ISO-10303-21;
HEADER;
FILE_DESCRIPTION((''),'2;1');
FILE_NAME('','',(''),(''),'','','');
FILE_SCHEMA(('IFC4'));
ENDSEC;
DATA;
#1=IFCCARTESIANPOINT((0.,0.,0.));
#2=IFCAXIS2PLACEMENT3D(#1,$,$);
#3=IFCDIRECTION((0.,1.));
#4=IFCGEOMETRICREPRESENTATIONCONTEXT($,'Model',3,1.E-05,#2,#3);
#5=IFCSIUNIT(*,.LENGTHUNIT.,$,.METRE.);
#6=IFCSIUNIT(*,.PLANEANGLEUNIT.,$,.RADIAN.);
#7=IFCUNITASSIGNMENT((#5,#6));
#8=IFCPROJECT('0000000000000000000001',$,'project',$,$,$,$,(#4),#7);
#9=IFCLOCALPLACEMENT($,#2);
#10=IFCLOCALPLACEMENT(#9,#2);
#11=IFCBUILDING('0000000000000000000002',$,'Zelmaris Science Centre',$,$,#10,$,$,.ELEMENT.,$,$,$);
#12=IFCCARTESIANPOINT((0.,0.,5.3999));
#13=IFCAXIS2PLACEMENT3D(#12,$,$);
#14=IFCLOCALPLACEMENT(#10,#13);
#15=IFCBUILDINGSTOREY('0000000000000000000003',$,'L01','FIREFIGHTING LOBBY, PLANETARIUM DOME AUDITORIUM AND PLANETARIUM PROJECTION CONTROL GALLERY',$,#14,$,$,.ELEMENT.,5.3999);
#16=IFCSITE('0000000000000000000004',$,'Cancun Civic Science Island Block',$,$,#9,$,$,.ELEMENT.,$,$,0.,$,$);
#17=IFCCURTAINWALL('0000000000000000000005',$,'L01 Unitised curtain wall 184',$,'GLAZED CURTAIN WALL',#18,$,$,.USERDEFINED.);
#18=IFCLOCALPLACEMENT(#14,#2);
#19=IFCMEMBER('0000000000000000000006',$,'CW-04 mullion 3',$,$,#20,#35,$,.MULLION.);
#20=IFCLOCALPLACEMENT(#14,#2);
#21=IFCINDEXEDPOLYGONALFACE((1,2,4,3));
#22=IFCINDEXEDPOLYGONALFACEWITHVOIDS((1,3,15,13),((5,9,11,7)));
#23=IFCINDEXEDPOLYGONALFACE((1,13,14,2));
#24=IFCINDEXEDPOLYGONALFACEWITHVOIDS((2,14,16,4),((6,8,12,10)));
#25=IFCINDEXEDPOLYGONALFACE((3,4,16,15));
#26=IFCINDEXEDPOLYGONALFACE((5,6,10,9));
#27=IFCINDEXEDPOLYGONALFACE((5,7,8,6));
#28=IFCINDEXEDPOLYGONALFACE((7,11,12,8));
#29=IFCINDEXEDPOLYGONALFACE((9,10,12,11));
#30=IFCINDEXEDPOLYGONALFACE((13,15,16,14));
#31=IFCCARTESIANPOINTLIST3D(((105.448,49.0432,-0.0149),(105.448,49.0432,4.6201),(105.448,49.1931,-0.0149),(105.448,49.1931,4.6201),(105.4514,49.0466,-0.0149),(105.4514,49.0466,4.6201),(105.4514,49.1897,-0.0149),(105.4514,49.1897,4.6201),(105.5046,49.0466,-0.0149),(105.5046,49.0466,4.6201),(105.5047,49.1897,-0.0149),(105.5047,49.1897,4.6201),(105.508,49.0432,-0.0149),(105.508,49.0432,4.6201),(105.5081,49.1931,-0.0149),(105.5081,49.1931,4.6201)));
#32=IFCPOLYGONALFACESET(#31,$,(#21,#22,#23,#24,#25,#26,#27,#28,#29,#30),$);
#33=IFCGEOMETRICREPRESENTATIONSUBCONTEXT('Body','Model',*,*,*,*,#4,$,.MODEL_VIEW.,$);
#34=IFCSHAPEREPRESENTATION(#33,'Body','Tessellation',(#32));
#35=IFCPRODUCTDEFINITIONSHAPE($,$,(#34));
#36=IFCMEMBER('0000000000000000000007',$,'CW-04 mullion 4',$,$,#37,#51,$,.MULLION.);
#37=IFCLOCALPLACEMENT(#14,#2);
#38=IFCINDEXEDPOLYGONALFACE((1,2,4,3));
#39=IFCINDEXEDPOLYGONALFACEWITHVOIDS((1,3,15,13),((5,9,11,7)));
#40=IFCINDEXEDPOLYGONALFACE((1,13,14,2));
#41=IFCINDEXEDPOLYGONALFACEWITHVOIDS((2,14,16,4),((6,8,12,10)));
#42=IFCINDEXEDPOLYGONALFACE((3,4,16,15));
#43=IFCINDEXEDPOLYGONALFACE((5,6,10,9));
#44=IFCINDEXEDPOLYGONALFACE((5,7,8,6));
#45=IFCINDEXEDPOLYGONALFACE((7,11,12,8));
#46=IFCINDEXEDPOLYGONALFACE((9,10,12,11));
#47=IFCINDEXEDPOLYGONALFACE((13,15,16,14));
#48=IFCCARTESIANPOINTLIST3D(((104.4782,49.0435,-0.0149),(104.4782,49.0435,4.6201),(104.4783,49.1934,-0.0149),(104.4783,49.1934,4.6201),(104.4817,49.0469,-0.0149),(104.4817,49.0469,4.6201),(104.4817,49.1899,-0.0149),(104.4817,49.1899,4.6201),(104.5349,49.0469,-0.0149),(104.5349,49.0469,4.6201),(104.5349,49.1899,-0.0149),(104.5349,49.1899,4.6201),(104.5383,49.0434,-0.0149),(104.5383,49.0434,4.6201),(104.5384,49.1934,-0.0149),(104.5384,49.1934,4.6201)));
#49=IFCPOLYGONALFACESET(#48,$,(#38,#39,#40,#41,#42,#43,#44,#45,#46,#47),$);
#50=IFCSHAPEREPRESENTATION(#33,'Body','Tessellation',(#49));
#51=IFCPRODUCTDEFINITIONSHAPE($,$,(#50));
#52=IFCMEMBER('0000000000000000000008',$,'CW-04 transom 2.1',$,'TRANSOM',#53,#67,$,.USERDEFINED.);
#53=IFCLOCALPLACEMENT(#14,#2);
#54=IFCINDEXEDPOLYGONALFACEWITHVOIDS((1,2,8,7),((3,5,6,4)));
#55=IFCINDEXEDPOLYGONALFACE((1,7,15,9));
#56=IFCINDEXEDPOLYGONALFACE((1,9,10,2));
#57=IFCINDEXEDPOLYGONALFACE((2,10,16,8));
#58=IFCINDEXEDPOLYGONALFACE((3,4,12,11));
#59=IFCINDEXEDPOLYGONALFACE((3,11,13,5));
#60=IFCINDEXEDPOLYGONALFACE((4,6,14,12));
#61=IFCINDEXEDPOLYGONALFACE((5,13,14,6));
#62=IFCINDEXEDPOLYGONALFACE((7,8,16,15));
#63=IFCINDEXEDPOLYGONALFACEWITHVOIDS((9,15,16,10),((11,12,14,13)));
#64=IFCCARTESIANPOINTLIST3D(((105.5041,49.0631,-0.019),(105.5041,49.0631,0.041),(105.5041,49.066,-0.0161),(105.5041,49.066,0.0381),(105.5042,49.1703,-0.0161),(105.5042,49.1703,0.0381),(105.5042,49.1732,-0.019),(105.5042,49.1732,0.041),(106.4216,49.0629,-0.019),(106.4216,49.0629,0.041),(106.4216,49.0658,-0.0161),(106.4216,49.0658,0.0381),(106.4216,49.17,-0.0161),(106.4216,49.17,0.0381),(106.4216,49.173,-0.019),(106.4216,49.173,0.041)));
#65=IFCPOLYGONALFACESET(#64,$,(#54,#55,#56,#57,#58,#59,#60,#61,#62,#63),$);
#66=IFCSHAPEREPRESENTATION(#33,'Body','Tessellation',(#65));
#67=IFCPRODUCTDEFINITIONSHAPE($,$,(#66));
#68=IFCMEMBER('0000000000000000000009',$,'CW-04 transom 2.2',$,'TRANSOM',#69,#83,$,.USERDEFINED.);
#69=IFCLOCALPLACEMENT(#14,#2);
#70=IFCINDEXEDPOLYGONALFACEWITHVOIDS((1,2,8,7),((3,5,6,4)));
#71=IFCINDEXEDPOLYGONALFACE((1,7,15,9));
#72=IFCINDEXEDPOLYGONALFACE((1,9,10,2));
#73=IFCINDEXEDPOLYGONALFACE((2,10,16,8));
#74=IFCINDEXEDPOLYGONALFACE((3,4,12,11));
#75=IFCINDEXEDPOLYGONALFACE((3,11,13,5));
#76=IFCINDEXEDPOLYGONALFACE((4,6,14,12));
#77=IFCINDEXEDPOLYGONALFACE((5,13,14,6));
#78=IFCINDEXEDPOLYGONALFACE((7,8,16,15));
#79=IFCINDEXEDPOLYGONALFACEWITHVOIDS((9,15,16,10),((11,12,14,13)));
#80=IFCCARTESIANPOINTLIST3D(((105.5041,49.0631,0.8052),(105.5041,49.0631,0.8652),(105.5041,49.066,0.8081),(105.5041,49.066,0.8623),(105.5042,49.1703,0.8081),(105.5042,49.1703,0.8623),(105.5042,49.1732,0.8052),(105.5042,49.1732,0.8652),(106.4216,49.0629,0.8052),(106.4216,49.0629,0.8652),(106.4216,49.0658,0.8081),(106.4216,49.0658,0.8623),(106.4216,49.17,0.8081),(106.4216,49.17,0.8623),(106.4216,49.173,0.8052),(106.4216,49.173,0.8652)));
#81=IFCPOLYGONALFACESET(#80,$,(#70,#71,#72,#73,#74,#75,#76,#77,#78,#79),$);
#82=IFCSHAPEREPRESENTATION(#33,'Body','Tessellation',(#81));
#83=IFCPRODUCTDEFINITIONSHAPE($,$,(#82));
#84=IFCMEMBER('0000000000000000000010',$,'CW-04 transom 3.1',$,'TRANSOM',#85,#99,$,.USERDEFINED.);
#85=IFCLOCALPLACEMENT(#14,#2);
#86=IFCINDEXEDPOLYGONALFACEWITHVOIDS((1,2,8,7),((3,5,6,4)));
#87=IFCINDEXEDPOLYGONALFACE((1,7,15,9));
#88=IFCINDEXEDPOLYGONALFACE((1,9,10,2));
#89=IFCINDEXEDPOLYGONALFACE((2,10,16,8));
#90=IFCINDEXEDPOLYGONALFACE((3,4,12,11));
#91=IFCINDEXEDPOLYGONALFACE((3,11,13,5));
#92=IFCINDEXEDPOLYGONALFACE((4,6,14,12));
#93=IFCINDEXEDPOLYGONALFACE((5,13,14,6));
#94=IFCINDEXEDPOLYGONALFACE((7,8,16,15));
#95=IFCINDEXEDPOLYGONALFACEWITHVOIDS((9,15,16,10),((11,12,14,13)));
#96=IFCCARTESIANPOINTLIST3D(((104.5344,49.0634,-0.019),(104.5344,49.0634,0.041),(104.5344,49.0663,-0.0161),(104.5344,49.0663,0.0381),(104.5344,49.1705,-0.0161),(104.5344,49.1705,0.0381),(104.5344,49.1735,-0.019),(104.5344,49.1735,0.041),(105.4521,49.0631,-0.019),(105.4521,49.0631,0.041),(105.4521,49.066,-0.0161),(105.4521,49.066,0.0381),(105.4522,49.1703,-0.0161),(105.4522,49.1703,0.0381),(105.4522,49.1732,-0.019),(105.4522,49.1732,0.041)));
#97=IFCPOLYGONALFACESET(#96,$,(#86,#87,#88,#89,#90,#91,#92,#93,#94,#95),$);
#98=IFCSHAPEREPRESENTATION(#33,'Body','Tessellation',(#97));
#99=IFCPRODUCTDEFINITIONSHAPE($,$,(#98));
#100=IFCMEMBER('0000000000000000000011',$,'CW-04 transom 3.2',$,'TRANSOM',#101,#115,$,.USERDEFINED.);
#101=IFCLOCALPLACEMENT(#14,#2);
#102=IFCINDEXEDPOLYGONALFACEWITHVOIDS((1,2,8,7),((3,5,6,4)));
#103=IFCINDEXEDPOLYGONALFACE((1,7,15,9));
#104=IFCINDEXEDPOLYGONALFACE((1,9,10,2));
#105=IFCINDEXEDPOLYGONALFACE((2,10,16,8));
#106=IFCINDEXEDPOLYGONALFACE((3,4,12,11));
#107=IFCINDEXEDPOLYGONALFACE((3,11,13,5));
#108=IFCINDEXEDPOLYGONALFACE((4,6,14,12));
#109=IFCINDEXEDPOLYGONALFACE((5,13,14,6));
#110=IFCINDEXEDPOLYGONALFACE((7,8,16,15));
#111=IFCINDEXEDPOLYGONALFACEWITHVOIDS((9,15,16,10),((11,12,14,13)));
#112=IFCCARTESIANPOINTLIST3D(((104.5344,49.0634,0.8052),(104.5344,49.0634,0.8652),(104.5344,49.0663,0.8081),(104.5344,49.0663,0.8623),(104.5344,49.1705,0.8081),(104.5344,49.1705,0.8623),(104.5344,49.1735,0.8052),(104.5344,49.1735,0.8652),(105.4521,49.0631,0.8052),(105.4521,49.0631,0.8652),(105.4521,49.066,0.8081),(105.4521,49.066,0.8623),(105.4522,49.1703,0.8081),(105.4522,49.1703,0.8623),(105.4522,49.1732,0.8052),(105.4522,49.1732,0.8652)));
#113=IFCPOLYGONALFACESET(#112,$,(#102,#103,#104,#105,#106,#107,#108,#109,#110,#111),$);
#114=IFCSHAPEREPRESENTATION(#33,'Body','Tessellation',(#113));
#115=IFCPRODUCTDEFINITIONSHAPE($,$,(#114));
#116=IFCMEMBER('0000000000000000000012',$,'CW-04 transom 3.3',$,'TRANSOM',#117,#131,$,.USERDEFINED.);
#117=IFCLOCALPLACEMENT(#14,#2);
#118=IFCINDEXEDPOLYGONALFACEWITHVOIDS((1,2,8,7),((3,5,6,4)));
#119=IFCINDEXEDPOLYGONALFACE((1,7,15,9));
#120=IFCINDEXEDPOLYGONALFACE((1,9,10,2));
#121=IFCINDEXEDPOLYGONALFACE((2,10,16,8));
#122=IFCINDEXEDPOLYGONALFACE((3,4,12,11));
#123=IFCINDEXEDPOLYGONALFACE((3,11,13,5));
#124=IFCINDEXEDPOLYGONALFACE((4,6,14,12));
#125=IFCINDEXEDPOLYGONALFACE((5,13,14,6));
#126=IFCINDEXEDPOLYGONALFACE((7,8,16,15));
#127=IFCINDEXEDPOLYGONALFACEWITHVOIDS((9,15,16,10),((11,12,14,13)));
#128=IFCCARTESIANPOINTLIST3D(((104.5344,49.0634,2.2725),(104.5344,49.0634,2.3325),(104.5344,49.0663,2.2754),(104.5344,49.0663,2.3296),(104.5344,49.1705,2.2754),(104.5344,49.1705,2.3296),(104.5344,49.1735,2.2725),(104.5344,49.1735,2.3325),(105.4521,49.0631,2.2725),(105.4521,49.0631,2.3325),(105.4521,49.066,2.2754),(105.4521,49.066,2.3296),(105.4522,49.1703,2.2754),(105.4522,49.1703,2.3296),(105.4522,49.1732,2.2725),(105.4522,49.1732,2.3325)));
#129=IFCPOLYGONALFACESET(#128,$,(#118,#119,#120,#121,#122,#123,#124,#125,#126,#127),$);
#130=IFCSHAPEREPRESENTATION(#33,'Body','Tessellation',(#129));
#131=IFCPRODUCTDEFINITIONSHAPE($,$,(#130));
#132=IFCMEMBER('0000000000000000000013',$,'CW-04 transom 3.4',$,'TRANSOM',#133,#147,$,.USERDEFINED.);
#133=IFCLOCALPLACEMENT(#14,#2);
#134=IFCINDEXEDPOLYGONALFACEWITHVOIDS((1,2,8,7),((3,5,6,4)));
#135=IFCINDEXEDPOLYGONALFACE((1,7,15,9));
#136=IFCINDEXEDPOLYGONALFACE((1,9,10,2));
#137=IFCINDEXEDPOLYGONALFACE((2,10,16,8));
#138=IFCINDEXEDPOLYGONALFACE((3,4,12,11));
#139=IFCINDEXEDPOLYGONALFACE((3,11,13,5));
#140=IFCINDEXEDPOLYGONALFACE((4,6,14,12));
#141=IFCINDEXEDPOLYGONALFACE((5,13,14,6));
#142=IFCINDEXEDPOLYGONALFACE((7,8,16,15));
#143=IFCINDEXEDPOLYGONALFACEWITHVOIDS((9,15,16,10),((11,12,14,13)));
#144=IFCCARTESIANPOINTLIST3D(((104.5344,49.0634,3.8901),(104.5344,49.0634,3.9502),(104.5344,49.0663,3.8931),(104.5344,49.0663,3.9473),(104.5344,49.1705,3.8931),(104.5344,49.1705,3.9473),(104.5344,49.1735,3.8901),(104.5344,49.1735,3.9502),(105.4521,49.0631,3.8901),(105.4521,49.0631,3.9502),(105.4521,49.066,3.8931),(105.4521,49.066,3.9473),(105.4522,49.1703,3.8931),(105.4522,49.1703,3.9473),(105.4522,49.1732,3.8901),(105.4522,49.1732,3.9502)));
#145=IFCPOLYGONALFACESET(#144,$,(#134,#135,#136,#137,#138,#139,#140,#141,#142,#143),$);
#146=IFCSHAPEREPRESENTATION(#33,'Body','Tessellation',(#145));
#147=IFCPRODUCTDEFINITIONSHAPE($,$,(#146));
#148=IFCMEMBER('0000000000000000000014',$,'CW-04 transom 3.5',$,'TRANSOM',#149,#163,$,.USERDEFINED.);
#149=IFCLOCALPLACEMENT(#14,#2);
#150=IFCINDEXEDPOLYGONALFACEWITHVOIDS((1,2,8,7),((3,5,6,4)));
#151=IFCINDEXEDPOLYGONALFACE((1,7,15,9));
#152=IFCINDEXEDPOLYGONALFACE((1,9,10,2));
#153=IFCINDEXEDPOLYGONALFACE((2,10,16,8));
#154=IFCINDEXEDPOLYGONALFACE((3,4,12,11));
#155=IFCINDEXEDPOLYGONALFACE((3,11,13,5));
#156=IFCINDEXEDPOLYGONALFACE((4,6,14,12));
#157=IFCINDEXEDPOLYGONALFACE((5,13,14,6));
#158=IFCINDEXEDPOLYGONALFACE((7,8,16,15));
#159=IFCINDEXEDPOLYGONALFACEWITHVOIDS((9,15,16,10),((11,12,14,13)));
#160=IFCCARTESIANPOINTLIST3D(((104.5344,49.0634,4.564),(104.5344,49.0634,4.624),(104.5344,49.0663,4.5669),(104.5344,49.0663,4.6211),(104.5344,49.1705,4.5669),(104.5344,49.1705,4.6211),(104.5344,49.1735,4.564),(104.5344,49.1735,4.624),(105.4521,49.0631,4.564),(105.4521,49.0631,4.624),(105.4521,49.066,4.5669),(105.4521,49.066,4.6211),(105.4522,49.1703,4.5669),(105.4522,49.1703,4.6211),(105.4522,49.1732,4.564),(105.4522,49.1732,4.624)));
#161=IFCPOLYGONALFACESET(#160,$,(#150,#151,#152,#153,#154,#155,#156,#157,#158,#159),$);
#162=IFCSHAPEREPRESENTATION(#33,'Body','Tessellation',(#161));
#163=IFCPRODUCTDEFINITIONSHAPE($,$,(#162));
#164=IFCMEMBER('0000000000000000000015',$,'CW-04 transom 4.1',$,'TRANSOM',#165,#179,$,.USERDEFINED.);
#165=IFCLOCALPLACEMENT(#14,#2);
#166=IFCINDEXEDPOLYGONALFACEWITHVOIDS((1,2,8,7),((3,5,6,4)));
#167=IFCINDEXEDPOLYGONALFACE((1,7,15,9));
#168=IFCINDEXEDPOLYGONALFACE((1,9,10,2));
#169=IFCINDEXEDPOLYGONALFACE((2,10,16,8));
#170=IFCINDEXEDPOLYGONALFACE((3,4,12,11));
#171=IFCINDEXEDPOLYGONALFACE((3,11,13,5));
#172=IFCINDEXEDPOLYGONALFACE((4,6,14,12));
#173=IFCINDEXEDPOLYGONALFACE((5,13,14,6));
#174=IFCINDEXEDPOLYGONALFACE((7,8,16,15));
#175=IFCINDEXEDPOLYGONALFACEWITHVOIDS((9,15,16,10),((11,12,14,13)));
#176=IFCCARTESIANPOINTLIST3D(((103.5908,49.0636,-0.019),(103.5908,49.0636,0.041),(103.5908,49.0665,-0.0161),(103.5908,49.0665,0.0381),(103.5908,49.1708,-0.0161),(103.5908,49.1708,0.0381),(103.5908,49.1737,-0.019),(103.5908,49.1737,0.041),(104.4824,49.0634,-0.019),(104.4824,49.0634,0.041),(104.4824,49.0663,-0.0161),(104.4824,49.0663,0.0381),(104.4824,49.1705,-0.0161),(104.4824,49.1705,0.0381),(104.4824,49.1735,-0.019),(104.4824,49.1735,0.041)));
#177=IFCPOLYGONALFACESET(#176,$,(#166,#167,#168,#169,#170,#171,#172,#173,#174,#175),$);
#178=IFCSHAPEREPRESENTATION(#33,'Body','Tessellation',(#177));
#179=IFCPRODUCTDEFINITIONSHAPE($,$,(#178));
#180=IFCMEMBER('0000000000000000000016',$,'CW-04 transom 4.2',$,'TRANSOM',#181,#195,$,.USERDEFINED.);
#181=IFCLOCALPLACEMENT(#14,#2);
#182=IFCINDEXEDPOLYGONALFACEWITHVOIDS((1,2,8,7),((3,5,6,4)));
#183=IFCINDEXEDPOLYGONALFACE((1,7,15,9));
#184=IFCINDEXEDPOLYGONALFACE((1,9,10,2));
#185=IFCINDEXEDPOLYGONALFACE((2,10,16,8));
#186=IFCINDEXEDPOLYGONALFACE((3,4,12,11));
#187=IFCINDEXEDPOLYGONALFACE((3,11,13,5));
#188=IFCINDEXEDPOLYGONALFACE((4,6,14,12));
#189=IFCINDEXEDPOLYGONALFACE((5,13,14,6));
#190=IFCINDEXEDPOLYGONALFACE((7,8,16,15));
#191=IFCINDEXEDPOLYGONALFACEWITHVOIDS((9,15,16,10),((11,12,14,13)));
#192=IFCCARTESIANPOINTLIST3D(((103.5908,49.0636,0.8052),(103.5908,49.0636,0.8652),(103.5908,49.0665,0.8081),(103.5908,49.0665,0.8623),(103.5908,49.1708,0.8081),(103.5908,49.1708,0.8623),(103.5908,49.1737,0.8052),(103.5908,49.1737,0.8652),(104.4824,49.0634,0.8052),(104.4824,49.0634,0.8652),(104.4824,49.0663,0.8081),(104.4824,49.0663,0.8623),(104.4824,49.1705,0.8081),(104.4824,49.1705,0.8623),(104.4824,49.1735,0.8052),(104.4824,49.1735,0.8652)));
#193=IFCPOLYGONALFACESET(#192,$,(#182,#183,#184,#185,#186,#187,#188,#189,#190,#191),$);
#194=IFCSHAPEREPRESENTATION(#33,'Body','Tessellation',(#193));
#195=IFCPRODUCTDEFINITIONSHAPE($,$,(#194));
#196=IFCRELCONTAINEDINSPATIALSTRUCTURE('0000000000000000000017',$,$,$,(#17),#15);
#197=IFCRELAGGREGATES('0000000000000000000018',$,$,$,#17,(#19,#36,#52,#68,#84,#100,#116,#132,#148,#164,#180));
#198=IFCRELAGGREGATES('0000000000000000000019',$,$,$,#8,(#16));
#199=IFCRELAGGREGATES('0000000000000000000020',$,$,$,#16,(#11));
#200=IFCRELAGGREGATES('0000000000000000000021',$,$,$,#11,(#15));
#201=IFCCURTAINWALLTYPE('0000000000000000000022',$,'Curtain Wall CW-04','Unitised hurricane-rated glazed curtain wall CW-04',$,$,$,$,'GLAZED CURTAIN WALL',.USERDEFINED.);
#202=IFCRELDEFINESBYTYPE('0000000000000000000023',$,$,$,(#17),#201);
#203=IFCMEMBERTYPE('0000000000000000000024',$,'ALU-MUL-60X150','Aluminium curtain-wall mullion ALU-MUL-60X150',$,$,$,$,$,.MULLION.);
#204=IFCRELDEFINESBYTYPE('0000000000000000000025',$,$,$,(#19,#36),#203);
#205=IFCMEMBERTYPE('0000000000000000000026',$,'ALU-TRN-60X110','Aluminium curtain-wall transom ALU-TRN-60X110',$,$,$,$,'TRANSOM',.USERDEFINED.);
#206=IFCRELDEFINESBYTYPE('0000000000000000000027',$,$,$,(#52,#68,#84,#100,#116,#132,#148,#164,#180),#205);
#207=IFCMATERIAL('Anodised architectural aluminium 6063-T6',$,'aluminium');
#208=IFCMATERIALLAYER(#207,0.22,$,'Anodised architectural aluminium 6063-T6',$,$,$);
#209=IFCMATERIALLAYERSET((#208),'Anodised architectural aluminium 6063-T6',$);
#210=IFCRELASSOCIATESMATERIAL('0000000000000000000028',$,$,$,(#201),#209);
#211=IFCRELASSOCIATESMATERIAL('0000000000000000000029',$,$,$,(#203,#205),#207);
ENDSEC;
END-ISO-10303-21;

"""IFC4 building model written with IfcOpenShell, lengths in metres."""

from ifc_helpers import new_model, si_unit, direction, frame, origin, origin_2d, place, context, subcontext, project, spatial, hollow_rectangle, extrude, material, layer, layer_set, material_profile, profile_set, type_object, element, aggregate, save


model = new_model("IFC4")

# Units and contexts
model_context = context("Model", 3, precision=1e-05, world=origin(), true_north=direction((0.0, 1.0)))
body_context = subcontext(model_context, "Body", "Model", "MODEL_VIEW")
ifc_project = project(units=[si_unit("LENGTHUNIT", "METRE"), si_unit("PLANEANGLEUNIT", "RADIAN")], contexts=[model_context])

# Site, building, storey
site_placement = place(None, origin())
site = spatial("IfcSite", under=ifc_project, at=site_placement, Name="Cancun Civic Science Island Block", CompositionType="ELEMENT", RefElevation=0.0)
building_placement = place(site_placement, origin())
building = spatial("IfcBuilding", under=site, at=building_placement, Name="Zelmaris Science Centre", CompositionType="ELEMENT")
storey_placement = place(building_placement, frame((0.0, 0.0, 5.3999)))
storey = spatial("IfcBuildingStorey", under=building, at=storey_placement, Name="L01", Description="FIREFIGHTING LOBBY, PLANETARIUM DOME AUDITORIUM AND PLANETARIUM PROJECTION CONTROL GALLERY", CompositionType="ELEMENT", Elevation=5.3999)

# Curtain wall, members
ifc_material_1 = material(Name="Anodised architectural aluminium 6063-T6", Category="aluminium")
ifc_layer_1 = layer(ifc_material_1, 0.22, Name="Anodised architectural aluminium 6063-T6")
ifc_layer_set_1 = layer_set([ifc_layer_1], Name="Anodised architectural aluminium 6063-T6")
curtain_wall_type = type_object("IfcCurtainWallType", Name="Curtain Wall CW-04", Description="Unitised hurricane-rated glazed curtain wall CW-04", ElementType="GLAZED CURTAIN WALL", PredefinedType="USERDEFINED", material=ifc_layer_set_1)
curtain_wall_placement = place(storey_placement, origin())
curtain_wall = element("IfcCurtainWall", 1, at=curtain_wall_placement, inside=storey, type_object=curtain_wall_type, Name="L01 Unitised curtain wall 184", ObjectType="GLAZED CURTAIN WALL", PredefinedType="USERDEFINED")
ifc_material_profile_1 = material_profile(ifc_material_1, hollow_rectangle(XDim=0.0601, YDim=0.1499, WallThickness=0.0034, at=origin_2d()), Name="ALU-MUL-60X150")
ifc_profile_set_1 = profile_set([ifc_material_profile_1], Name="Anodised architectural aluminium 6063-T6")
member_type_1 = type_object("IfcMemberType", Name="ALU-MUL-60X150", Description="Aluminium curtain-wall mullion ALU-MUL-60X150", PredefinedType="MULLION", material=ifc_profile_set_1)
member_1_placement = place(storey_placement, frame((105.478, 49.1182, -0.0149), z_axis=(0.0, 0.0, 1.0), x_axis=(-1.0, 0.000297, 0.0)))
member_1 = element("IfcMember", 2, at=member_1_placement, type_object=member_type_1, Name="CW-04 mullion 3", PredefinedType="MULLION", context=body_context, shape_type="SweptSolid", body=[
    extrude(hollow_rectangle(XDim=0.0601, YDim=0.1499, WallThickness=0.0034, at=origin_2d()), origin(), (0.0, 0.0, 1.0), 4.635),
])
member_2_placement = place(storey_placement, frame((104.5083, 49.1184, -0.0149), z_axis=(0.0, 0.0, 1.0), x_axis=(-1.0, 0.000297, 0.0)))
member_2 = element("IfcMember", 3, at=member_2_placement, type_object=member_type_1, Name="CW-04 mullion 4", PredefinedType="MULLION", context=body_context, shape_type="SweptSolid", body=[
    extrude(hollow_rectangle(XDim=0.0601, YDim=0.1499, WallThickness=0.0034, at=origin_2d()), origin(), (0.0, 0.0, 1.0), 4.635),
])
ifc_material_profile_2 = material_profile(ifc_material_1, hollow_rectangle(XDim=0.0601, YDim=0.1101, WallThickness=0.0029, at=origin_2d()), Name="ALU-TRN-60X110")
ifc_profile_set_2 = profile_set([ifc_material_profile_2], Name="Anodised architectural aluminium 6063-T6")
member_type_2 = type_object("IfcMemberType", Name="ALU-TRN-60X110", Description="Aluminium curtain-wall transom ALU-TRN-60X110", ElementType="TRANSOM", PredefinedType="USERDEFINED", material=ifc_profile_set_2)
member_3_placement = place(storey_placement, frame((106.4216, 49.1179, 0.011), z_axis=(-1.0, 0.000266, 0.0), x_axis=(0.0, 0.0, 1.0)))
member_3 = element("IfcMember", 4, at=member_3_placement, type_object=member_type_2, Name="CW-04 transom 2.1", ObjectType="TRANSOM", PredefinedType="USERDEFINED", context=body_context, shape_type="SweptSolid", body=[
    extrude(hollow_rectangle(XDim=0.0601, YDim=0.1101, WallThickness=0.0029, at=origin_2d()), origin(), (0.0, 0.0, 1.0), 0.9175),
])
member_4_placement = place(storey_placement, frame((106.4216, 49.1179, 0.8352), z_axis=(-1.0, 0.000266, 0.0), x_axis=(0.0, 0.0, 1.0)))
member_4 = element("IfcMember", 5, at=member_4_placement, type_object=member_type_2, Name="CW-04 transom 2.2", ObjectType="TRANSOM", PredefinedType="USERDEFINED", context=body_context, shape_type="SweptSolid", body=[
    extrude(hollow_rectangle(XDim=0.0601, YDim=0.1101, WallThickness=0.0029, at=origin_2d()), origin(), (0.0, 0.0, 1.0), 0.9175),
])
member_5_placement = place(storey_placement, frame((105.4521, 49.1182, 0.011), z_axis=(-1.0, 0.000266, 0.0), x_axis=(0.0, 0.0, 1.0)))
member_5 = element("IfcMember", 6, at=member_5_placement, type_object=member_type_2, Name="CW-04 transom 3.1", ObjectType="TRANSOM", PredefinedType="USERDEFINED", context=body_context, shape_type="SweptSolid", body=[
    extrude(hollow_rectangle(XDim=0.0601, YDim=0.1101, WallThickness=0.0029, at=origin_2d()), origin(), (0.0, 0.0, 1.0), 0.9177),
])
member_6_placement = place(storey_placement, frame((105.4521, 49.1182, 0.8352), z_axis=(-1.0, 0.000266, 0.0), x_axis=(0.0, 0.0, 1.0)))
member_6 = element("IfcMember", 7, at=member_6_placement, type_object=member_type_2, Name="CW-04 transom 3.2", ObjectType="TRANSOM", PredefinedType="USERDEFINED", context=body_context, shape_type="SweptSolid", body=[
    extrude(hollow_rectangle(XDim=0.0601, YDim=0.1101, WallThickness=0.0029, at=origin_2d()), origin(), (0.0, 0.0, 1.0), 0.9177),
])
member_7_placement = place(storey_placement, frame((105.4521, 49.1182, 2.3025), z_axis=(-1.0, 0.000266, 0.0), x_axis=(0.0, 0.0, 1.0)))
member_7 = element("IfcMember", 8, at=member_7_placement, type_object=member_type_2, Name="CW-04 transom 3.3", ObjectType="TRANSOM", PredefinedType="USERDEFINED", context=body_context, shape_type="SweptSolid", body=[
    extrude(hollow_rectangle(XDim=0.0601, YDim=0.1101, WallThickness=0.0029, at=origin_2d()), origin(), (0.0, 0.0, 1.0), 0.9177),
])
member_8_placement = place(storey_placement, frame((105.4521, 49.1182, 3.9202), z_axis=(-1.0, 0.000266, 0.0), x_axis=(0.0, 0.0, 1.0)))
member_8 = element("IfcMember", 9, at=member_8_placement, type_object=member_type_2, Name="CW-04 transom 3.4", ObjectType="TRANSOM", PredefinedType="USERDEFINED", context=body_context, shape_type="SweptSolid", body=[
    extrude(hollow_rectangle(XDim=0.0601, YDim=0.1101, WallThickness=0.0029, at=origin_2d()), origin(), (0.0, 0.0, 1.0), 0.9177),
])
member_9_placement = place(storey_placement, frame((105.4521, 49.1182, 4.594), z_axis=(-1.0, 0.000266, 0.0), x_axis=(0.0, 0.0, 1.0)))
member_9 = element("IfcMember", 10, at=member_9_placement, type_object=member_type_2, Name="CW-04 transom 3.5", ObjectType="TRANSOM", PredefinedType="USERDEFINED", context=body_context, shape_type="SweptSolid", body=[
    extrude(hollow_rectangle(XDim=0.0601, YDim=0.1101, WallThickness=0.0029, at=origin_2d()), origin(), (0.0, 0.0, 1.0), 0.9177),
])
member_10_placement = place(storey_placement, frame((104.4824, 49.1184, 0.011), z_axis=(-1.0, 0.000274, 0.0), x_axis=(0.0, 0.0, 1.0)))
member_10 = element("IfcMember", 11, at=member_10_placement, type_object=member_type_2, Name="CW-04 transom 4.1", ObjectType="TRANSOM", PredefinedType="USERDEFINED", context=body_context, shape_type="SweptSolid", body=[
    extrude(hollow_rectangle(XDim=0.0601, YDim=0.1101, WallThickness=0.0029, at=origin_2d()), origin(), (0.0, 0.0, 1.0), 0.8916),
])
member_11_placement = place(storey_placement, frame((104.4824, 49.1184, 0.8352), z_axis=(-1.0, 0.000274, 0.0), x_axis=(0.0, 0.0, 1.0)))
member_11 = element("IfcMember", 12, at=member_11_placement, type_object=member_type_2, Name="CW-04 transom 4.2", ObjectType="TRANSOM", PredefinedType="USERDEFINED", context=body_context, shape_type="SweptSolid", body=[
    extrude(hollow_rectangle(XDim=0.0601, YDim=0.1101, WallThickness=0.0029, at=origin_2d()), origin(), (0.0, 0.0, 1.0), 0.8916),
])
aggregate(curtain_wall, [member_1, member_2, member_3, member_4, member_5, member_6, member_7, member_8, member_9, member_10, member_11])

save(model, "model.ifc")
